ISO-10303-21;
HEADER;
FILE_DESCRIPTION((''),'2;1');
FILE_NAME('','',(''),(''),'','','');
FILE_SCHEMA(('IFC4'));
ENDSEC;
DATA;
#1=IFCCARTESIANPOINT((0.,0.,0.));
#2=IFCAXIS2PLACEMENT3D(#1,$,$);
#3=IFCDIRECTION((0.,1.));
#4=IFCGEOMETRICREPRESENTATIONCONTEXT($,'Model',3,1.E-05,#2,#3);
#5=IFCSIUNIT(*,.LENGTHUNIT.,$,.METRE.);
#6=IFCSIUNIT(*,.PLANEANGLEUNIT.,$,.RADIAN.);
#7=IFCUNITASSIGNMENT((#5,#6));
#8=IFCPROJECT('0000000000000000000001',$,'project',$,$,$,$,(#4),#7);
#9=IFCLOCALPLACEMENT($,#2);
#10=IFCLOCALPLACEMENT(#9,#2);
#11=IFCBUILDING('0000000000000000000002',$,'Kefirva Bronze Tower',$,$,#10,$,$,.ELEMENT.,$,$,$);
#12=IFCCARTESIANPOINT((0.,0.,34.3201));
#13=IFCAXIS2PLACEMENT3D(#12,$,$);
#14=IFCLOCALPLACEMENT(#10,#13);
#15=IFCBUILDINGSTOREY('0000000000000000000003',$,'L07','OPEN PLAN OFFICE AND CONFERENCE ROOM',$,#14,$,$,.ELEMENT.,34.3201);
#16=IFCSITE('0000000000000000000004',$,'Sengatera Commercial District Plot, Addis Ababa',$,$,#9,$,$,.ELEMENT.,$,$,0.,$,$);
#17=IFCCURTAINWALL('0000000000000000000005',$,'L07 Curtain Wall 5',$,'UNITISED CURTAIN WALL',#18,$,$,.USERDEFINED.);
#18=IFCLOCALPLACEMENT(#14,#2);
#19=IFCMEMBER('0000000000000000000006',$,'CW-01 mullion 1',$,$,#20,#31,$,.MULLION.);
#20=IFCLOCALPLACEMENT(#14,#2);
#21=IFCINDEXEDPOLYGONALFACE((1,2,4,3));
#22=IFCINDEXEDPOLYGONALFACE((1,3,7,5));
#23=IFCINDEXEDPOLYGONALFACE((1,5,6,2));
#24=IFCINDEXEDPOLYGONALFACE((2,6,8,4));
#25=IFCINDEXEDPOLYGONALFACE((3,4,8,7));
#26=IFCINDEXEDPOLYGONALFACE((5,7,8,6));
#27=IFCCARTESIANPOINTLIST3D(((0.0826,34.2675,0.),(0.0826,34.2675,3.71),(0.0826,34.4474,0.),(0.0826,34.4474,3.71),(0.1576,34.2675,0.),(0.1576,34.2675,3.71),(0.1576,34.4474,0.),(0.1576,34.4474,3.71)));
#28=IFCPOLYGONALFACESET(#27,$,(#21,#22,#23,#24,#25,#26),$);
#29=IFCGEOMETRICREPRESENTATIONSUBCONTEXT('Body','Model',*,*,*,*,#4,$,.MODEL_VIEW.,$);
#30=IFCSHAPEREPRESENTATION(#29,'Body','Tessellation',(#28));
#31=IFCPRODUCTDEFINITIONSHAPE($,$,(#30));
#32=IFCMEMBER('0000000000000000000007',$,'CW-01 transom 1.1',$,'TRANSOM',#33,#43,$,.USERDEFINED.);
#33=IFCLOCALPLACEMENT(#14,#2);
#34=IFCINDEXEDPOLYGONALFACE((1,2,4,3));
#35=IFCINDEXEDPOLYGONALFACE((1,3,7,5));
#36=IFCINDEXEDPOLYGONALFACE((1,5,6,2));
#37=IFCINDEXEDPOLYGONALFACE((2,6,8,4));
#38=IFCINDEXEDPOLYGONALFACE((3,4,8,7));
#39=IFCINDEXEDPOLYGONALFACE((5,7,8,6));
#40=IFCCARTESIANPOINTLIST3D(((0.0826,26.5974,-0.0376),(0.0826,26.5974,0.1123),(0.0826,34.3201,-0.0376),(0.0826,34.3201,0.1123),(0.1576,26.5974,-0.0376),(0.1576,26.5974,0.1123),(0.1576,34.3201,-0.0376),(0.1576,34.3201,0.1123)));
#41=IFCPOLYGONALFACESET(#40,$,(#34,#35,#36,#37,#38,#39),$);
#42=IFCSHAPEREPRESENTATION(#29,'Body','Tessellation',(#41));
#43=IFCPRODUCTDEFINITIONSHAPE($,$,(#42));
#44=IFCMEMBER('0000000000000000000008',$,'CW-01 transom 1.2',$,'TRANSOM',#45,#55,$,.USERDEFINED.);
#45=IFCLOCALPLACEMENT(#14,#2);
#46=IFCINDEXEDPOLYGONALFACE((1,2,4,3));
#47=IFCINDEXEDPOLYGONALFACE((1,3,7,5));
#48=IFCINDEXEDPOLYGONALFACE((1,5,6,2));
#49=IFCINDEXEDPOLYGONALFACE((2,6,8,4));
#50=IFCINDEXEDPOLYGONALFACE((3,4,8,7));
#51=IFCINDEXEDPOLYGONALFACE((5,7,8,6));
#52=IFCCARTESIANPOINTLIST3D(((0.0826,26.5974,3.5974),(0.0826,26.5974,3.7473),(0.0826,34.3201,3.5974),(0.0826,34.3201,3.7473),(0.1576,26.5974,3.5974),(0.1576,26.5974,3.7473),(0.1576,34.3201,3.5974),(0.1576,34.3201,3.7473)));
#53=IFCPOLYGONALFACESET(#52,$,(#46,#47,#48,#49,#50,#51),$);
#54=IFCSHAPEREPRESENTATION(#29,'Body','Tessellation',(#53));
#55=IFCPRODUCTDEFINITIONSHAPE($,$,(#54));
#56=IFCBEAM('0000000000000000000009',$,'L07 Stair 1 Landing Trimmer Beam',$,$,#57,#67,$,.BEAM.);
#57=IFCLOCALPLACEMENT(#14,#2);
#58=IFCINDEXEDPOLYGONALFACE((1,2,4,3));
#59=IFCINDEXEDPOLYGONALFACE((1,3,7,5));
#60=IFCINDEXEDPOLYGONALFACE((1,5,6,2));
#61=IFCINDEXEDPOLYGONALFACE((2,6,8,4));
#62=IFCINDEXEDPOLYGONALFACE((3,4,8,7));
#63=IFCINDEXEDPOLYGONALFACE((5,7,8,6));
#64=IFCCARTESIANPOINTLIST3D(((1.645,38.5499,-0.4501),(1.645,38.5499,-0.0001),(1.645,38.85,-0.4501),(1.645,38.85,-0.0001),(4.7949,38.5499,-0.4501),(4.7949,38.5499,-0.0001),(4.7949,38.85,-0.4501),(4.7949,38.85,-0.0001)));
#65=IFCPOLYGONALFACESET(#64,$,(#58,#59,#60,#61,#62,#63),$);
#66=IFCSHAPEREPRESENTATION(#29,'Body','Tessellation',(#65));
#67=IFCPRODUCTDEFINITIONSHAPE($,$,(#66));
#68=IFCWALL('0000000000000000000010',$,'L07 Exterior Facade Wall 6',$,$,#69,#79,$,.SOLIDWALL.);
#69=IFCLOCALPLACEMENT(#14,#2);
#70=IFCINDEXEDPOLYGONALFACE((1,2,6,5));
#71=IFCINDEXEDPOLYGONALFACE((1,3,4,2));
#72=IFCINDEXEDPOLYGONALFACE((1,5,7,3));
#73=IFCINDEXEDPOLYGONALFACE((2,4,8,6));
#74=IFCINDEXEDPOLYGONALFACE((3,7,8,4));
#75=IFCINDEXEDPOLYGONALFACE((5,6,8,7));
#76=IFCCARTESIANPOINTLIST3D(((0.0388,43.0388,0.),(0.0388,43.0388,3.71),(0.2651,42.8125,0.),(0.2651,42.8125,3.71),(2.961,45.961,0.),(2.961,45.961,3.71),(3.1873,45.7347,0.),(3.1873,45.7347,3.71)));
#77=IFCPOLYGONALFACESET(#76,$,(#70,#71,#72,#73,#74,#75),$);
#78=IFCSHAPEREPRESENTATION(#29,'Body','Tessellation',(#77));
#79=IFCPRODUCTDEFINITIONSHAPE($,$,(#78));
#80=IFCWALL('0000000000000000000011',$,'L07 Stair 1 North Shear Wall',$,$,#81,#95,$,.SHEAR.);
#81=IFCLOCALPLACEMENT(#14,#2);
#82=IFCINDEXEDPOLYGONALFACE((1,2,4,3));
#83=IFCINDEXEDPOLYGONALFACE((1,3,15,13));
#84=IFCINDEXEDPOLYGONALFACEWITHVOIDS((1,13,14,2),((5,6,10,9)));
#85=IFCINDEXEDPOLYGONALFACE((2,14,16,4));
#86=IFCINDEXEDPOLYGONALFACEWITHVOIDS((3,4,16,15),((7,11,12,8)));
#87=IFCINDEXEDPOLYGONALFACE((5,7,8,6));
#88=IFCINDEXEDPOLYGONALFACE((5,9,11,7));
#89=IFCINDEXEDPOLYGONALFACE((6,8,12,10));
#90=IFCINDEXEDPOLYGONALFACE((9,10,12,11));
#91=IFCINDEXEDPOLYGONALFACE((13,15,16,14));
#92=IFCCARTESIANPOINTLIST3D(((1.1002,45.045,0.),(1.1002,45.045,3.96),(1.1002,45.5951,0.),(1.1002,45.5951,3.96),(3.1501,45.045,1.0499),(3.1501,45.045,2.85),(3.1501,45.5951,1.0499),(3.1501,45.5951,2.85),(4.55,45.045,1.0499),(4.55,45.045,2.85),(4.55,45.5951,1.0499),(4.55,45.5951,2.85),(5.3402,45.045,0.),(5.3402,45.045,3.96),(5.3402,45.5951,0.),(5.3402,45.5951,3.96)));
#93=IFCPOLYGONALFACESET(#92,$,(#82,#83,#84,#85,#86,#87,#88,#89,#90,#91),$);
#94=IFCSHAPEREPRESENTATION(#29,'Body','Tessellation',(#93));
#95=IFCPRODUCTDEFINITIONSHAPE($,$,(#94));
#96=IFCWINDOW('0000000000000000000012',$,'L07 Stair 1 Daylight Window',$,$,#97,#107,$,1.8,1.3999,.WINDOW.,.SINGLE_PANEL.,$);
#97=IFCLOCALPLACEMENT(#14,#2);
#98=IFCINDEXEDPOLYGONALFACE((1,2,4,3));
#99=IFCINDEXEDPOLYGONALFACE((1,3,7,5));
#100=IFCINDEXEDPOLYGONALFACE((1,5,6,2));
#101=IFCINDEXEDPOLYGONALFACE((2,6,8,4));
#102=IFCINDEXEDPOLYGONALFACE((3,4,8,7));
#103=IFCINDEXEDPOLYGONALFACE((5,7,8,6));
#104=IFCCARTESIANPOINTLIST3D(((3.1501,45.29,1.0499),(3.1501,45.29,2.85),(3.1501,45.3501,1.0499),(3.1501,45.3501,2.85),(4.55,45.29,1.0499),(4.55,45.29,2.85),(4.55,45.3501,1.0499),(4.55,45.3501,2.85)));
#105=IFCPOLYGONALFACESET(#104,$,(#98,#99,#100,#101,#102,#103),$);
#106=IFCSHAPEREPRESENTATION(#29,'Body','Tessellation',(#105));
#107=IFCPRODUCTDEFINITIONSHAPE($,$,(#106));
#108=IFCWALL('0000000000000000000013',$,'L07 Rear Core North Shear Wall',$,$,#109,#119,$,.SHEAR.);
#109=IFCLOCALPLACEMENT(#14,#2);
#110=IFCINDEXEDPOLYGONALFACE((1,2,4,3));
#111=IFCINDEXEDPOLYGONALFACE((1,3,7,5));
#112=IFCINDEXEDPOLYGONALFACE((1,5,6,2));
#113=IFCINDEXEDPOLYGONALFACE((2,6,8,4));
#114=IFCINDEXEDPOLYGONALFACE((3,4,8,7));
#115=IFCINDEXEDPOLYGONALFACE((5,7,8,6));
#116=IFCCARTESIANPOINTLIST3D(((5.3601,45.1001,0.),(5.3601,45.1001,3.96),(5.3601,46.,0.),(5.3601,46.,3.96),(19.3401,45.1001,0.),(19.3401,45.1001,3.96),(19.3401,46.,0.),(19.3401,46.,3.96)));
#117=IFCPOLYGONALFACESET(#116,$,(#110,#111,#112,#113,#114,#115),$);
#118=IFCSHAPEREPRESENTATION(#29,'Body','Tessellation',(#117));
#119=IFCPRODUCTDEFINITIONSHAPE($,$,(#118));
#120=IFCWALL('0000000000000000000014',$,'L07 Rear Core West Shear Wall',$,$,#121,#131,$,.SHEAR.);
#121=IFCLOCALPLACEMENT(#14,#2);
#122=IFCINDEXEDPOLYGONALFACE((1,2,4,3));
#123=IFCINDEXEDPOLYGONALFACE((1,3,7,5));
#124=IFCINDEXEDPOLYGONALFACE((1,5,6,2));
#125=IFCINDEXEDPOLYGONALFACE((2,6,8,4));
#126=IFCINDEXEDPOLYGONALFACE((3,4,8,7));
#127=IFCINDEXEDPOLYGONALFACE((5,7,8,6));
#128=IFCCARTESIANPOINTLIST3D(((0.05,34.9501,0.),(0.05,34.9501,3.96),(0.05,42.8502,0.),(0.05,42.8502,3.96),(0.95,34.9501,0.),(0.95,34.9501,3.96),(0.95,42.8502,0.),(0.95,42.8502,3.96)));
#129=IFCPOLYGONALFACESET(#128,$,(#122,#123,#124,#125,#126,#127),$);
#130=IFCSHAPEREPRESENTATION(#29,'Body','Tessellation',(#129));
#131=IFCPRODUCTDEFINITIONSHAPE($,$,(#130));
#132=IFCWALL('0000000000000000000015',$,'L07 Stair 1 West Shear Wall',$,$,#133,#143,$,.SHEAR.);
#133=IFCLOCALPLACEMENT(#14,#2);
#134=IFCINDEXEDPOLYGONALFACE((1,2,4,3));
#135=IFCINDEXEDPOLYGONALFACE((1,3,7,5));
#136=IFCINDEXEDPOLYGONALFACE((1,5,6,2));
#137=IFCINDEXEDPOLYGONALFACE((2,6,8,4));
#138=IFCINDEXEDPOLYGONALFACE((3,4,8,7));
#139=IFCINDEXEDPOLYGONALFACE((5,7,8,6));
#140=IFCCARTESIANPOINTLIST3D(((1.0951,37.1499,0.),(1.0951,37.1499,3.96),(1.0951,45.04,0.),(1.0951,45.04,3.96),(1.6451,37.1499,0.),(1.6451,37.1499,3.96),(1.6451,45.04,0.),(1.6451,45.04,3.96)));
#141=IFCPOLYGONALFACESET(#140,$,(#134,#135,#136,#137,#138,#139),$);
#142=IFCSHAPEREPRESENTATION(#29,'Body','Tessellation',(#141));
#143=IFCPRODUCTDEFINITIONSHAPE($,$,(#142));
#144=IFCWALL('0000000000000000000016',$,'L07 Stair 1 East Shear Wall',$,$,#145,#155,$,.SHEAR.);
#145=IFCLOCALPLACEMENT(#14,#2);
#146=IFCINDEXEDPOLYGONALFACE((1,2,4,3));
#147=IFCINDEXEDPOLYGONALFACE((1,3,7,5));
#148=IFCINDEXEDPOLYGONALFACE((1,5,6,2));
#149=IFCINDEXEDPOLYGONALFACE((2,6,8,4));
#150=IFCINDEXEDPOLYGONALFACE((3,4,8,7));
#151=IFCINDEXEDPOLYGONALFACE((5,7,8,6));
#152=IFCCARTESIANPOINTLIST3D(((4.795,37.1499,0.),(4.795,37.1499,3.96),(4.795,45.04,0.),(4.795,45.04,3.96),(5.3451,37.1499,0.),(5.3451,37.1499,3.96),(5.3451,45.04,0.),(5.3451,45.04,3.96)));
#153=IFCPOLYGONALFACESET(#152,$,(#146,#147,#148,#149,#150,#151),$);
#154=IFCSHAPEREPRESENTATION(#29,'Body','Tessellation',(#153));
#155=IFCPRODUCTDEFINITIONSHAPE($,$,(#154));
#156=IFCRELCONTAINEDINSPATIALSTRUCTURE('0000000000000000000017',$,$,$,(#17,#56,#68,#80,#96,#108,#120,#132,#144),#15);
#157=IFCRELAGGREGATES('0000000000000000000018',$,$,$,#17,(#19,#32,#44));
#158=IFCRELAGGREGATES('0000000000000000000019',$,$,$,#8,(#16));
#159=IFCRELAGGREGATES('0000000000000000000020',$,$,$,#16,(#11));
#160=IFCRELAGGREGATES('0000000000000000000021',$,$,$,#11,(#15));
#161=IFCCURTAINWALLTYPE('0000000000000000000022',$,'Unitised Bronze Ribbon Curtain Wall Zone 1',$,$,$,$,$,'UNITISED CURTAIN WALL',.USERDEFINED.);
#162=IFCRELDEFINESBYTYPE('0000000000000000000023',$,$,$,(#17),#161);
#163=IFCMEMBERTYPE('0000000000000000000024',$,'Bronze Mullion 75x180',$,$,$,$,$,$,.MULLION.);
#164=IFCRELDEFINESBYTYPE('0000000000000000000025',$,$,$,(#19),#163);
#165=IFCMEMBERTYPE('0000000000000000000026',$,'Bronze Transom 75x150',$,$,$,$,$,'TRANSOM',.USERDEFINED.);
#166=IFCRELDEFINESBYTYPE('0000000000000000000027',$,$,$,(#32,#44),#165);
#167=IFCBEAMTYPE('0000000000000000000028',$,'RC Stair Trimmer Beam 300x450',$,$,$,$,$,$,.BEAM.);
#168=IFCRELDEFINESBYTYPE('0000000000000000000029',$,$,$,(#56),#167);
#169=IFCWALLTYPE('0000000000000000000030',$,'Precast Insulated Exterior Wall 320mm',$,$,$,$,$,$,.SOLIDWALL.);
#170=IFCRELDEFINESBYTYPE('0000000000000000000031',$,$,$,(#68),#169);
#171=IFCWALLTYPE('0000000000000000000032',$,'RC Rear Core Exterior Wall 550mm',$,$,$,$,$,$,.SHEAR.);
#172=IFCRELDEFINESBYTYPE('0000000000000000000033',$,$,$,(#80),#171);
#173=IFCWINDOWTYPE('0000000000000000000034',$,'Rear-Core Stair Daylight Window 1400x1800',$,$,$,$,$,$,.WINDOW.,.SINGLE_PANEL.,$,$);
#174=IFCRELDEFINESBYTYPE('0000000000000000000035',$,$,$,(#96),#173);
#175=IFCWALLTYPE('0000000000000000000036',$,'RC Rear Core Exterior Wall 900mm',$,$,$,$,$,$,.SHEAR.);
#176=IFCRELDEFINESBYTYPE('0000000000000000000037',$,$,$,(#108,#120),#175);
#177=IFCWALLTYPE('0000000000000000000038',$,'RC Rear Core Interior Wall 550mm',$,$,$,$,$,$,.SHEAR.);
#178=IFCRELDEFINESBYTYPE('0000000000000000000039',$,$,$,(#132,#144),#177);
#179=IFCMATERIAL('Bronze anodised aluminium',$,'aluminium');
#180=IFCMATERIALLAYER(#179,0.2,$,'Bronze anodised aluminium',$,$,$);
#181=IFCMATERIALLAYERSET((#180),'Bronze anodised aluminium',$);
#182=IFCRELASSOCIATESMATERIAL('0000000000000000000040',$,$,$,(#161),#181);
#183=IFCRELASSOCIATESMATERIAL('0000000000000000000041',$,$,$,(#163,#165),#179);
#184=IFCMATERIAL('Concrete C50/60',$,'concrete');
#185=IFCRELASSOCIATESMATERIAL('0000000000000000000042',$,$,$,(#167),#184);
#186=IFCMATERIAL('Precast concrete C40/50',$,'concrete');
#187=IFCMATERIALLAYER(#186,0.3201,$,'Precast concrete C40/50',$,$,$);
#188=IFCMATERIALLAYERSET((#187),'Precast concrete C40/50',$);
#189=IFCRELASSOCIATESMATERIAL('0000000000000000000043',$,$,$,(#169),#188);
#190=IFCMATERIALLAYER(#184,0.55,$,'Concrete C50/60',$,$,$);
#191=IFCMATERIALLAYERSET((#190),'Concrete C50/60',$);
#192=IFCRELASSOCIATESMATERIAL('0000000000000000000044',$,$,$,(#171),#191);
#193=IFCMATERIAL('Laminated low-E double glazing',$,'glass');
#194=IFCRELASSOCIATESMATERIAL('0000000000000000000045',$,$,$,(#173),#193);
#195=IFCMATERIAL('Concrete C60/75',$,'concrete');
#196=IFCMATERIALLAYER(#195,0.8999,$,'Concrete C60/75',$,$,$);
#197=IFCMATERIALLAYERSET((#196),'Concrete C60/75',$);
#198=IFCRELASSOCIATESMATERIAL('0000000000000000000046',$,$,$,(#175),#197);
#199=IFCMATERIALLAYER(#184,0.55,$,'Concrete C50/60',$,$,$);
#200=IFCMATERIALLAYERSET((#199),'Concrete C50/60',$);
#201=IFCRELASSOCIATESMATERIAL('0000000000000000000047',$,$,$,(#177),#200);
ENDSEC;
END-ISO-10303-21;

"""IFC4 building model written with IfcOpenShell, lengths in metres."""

from ifc_helpers import new_model, si_unit, direction, frame, frame_2d, origin, origin_2d, place, context, subcontext, project, spatial, rectangle, extrude, material, layer, layer_set, material_profile, profile_set, type_object, element, fill, aggregate, save


model = new_model("IFC4")

# Units and contexts
model_context = context("Model", 3, precision=1e-05, world=origin(), true_north=direction((0.0, 1.0)))
body_context = subcontext(model_context, "Body", "Model", "MODEL_VIEW")
ifc_project = project(units=[si_unit("LENGTHUNIT", "METRE"), si_unit("PLANEANGLEUNIT", "RADIAN")], contexts=[model_context])

# Site, building, storey
site_placement = place(None, origin())
site = spatial("IfcSite", under=ifc_project, at=site_placement, Name="Sengatera Commercial District Plot, Addis Ababa", CompositionType="ELEMENT", RefElevation=0.0)
building_placement = place(site_placement, origin())
building = spatial("IfcBuilding", under=site, at=building_placement, Name="Kefirva Bronze Tower", CompositionType="ELEMENT")
storey_placement = place(building_placement, frame((0.0, 0.0, 34.3201)))
storey = spatial("IfcBuildingStorey", under=building, at=storey_placement, Name="L07", Description="OPEN PLAN OFFICE AND CONFERENCE ROOM", CompositionType="ELEMENT", Elevation=34.3201)

# Curtain wall, members
ifc_material_1 = material(Name="Bronze anodised aluminium", Category="aluminium")
ifc_layer_1 = layer(ifc_material_1, 0.2, Name="Bronze anodised aluminium")
ifc_layer_set_1 = layer_set([ifc_layer_1], Name="Bronze anodised aluminium")
curtain_wall_type = type_object("IfcCurtainWallType", Name="Unitised Bronze Ribbon Curtain Wall Zone 1", ElementType="UNITISED CURTAIN WALL", PredefinedType="USERDEFINED", material=ifc_layer_set_1)
curtain_wall_placement = place(storey_placement, origin())
curtain_wall = element("IfcCurtainWall", 1, at=curtain_wall_placement, inside=storey, type_object=curtain_wall_type, Name="L07 Curtain Wall 5", ObjectType="UNITISED CURTAIN WALL", PredefinedType="USERDEFINED")
ifc_material_profile_1 = material_profile(ifc_material_1, rectangle(XDim=0.075, YDim=0.1799, at=origin_2d()), Name="ALU 75x180")
ifc_profile_set_1 = profile_set([ifc_material_profile_1], Name="Bronze anodised aluminium")
member_type_1 = type_object("IfcMemberType", Name="Bronze Mullion 75x180", PredefinedType="MULLION", material=ifc_profile_set_1)
member_1_placement = place(storey_placement, frame((0.1201, 34.3574, 0.0), z_axis=(0.0, 0.0, 1.0), x_axis=(1.0, 0.0, 0.0)))
member_1 = element("IfcMember", 2, at=member_1_placement, type_object=member_type_1, Name="CW-01 mullion 1", PredefinedType="MULLION", context=body_context, shape_type="SweptSolid", body=[
    extrude(rectangle(XDim=0.075, YDim=0.1799, at=origin_2d()), origin(), (0.0, 0.0, 1.0), 3.71),
])
ifc_material_profile_2 = material_profile(ifc_material_1, rectangle(XDim=0.075, YDim=0.1499, at=origin_2d()), Name="ALU 75x150")
ifc_profile_set_2 = profile_set([ifc_material_profile_2], Name="Bronze anodised aluminium")
member_type_2 = type_object("IfcMemberType", Name="Bronze Transom 75x150", ElementType="TRANSOM", PredefinedType="USERDEFINED", material=ifc_profile_set_2)
member_2_placement = place(storey_placement, frame((0.1201, 34.3201, 0.0374), z_axis=(0.0, -1.0, 0.0), x_axis=(1.0, 0.0, 0.0)))
member_2 = element("IfcMember", 3, at=member_2_placement, type_object=member_type_2, Name="CW-01 transom 1.1", ObjectType="TRANSOM", PredefinedType="USERDEFINED", context=body_context, shape_type="SweptSolid", body=[
    extrude(rectangle(XDim=0.075, YDim=0.1499, at=origin_2d()), origin(), (0.0, 0.0, 1.0), 7.7227),
])
member_3_placement = place(storey_placement, frame((0.1201, 34.3201, 3.6724), z_axis=(0.0, -1.0, 0.0), x_axis=(1.0, 0.0, 0.0)))
member_3 = element("IfcMember", 4, at=member_3_placement, type_object=member_type_2, Name="CW-01 transom 1.2", ObjectType="TRANSOM", PredefinedType="USERDEFINED", context=body_context, shape_type="SweptSolid", body=[
    extrude(rectangle(XDim=0.075, YDim=0.1499, at=origin_2d()), origin(), (0.0, 0.0, 1.0), 7.7227),
])
aggregate(curtain_wall, [member_1, member_2, member_3])

# Beam
ifc_material_2 = material(Name="Concrete C50/60", Category="concrete")
ifc_material_profile_3 = material_profile(ifc_material_2, rectangle(XDim=0.3, YDim=0.45, at=origin_2d()), Name="RC 300x450")
ifc_profile_set_3 = profile_set([ifc_material_profile_3], Name="Concrete C50/60")
beam_type = type_object("IfcBeamType", Name="RC Stair Trimmer Beam 300x450", PredefinedType="BEAM", material=ifc_profile_set_3)
beam_placement = place(storey_placement, frame((1.645, 38.7, -0.2251), z_axis=(1.0, 0.0, 0.0), x_axis=(0.0, 1.0, 0.0)))
element("IfcBeam", 5, at=beam_placement, inside=storey, type_object=beam_type, Name="L07 Stair 1 Landing Trimmer Beam", PredefinedType="BEAM", context=body_context, shape_type="SweptSolid", body=[
    extrude(rectangle(XDim=0.3, YDim=0.45, at=origin_2d()), origin(), (0.0, 0.0, 1.0), 3.1499),
])

# Wall
ifc_material_3 = material(Name="Precast concrete C40/50", Category="concrete")
ifc_layer_2 = layer(ifc_material_3, 0.3201, Name="Precast concrete C40/50")
ifc_layer_set_2 = layer_set([ifc_layer_2], Name="Precast concrete C40/50")
wall_type_1 = type_object("IfcWallType", Name="Precast Insulated Exterior Wall 320mm", PredefinedType="SOLIDWALL", material=ifc_layer_set_2)
wall_1_placement = place(storey_placement, frame((3.0742, 45.8479, 0.0), z_axis=(0.0, 0.0, 1.0), x_axis=(-0.707107, -0.707107, 0.0)))
element("IfcWall", 6, at=wall_1_placement, inside=storey, type_object=wall_type_1, Name="L07 Exterior Facade Wall 6", PredefinedType="SOLIDWALL", context=body_context, shape_type="SweptSolid", body=[
    extrude(rectangle(XDim=4.1326, YDim=0.3201, at=frame_2d((2.0664, 0.0))), origin(), (0.0, 0.0, 1.0), 3.71),
])

# Wall, opening, window
ifc_layer_3 = layer(ifc_material_2, 0.55, Name="Concrete C50/60")
ifc_layer_set_3 = layer_set([ifc_layer_3], Name="Concrete C50/60")
wall_type_2 = type_object("IfcWallType", Name="RC Rear Core Exterior Wall 550mm", PredefinedType="SHEAR", material=ifc_layer_set_3)
wall_2_placement = place(storey_placement, frame((1.1001, 45.3201, 0.0), z_axis=(0.0, 0.0, 1.0), x_axis=(1.0, 0.0, 0.0)))
wall_2 = element("IfcWall", 7, at=wall_2_placement, inside=storey, type_object=wall_type_2, Name="L07 Stair 1 North Shear Wall", PredefinedType="SHEAR", context=body_context, shape_type="SweptSolid", body=[
    extrude(rectangle(XDim=4.24, YDim=0.55, at=frame_2d((2.1201, 0.0))), origin(), (0.0, 0.0, 1.0), 3.96),
])
opening_1_placement = place(wall_2_placement, frame((2.05, 0.0, 1.05)))
opening_1 = element("IfcOpeningElement", 8, at=opening_1_placement, cuts=wall_2, PredefinedType="OPENING", context=body_context, shape_type="SweptSolid", body=[
    extrude(rectangle(XDim=1.3999, YDim=1.8, at=frame_2d((0.7, 0.8999))), frame((0.0, 0.2852, 0.0), z_axis=(0.0, -1.0, 0.0), x_axis=(1.0, 0.0, 0.0)), (0.0, 0.0, 1.0), 0.5701),
])
ifc_material_4 = material(Name="Laminated low-E double glazing", Category="glass")
window_type = type_object("IfcWindowType", Name="Rear-Core Stair Daylight Window 1400x1800", PartitioningType="SINGLE_PANEL", PredefinedType="WINDOW", material=ifc_material_4)
window_placement = place(opening_1_placement, origin())
window = element("IfcWindow", 9, at=window_placement, inside=storey, type_object=window_type, Name="L07 Stair 1 Daylight Window", OverallHeight=1.8, OverallWidth=1.3999, PartitioningType="SINGLE_PANEL", PredefinedType="WINDOW", context=body_context, shape_type="SweptSolid", body=[
    extrude(rectangle(XDim=1.3999, YDim=1.8, at=frame_2d((0.7, 0.8999))), frame((0.0, 0.03, 0.0), z_axis=(0.0, -1.0, 0.0), x_axis=(1.0, 0.0, 0.0)), (0.0, 0.0, 1.0), 0.0601),
])
fill(opening_1, window)

# Walls
ifc_material_5 = material(Name="Concrete C60/75", Category="concrete")
ifc_layer_4 = layer(ifc_material_5, 0.8999, Name="Concrete C60/75")
ifc_layer_set_4 = layer_set([ifc_layer_4], Name="Concrete C60/75")
wall_type_3 = type_object("IfcWallType", Name="RC Rear Core Exterior Wall 900mm", PredefinedType="SHEAR", material=ifc_layer_set_4)
wall_3_placement = place(storey_placement, frame((5.3601, 45.55, 0.0), z_axis=(0.0, 0.0, 1.0), x_axis=(1.0, 0.0, 0.0)))
element("IfcWall", 10, at=wall_3_placement, inside=storey, type_object=wall_type_3, Name="L07 Rear Core North Shear Wall", PredefinedType="SHEAR", context=body_context, shape_type="SweptSolid", body=[
    extrude(rectangle(XDim=13.98, YDim=0.8999, at=frame_2d((6.99, 0.0))), origin(), (0.0, 0.0, 1.0), 3.96),
])
wall_4_placement = place(storey_placement, frame((0.5, 34.95, 0.0), z_axis=(0.0, 0.0, 1.0), x_axis=(0.0, 1.0, 0.0)))
element("IfcWall", 11, at=wall_4_placement, inside=storey, type_object=wall_type_3, Name="L07 Rear Core West Shear Wall", PredefinedType="SHEAR", context=body_context, shape_type="SweptSolid", body=[
    extrude(rectangle(XDim=7.9001, YDim=0.8999, at=frame_2d((3.9502, 0.0))), origin(), (0.0, 0.0, 1.0), 3.96),
])
ifc_layer_5 = layer(ifc_material_2, 0.55, Name="Concrete C50/60")
ifc_layer_set_5 = layer_set([ifc_layer_5], Name="Concrete C50/60")
wall_type_4 = type_object("IfcWallType", Name="RC Rear Core Interior Wall 550mm", PredefinedType="SHEAR", material=ifc_layer_set_5)
for number, where, z_axis, x_axis, name in (
    (12, (1.3701, 37.1499, 0.0), (0.0, 0.0, 1.0), (0.0, 1.0, 0.0), "L07 Stair 1 West Shear Wall"),
    (13, (5.0701, 37.1499, 0.0), (0.0, 0.0, 1.0), (0.0, 1.0, 0.0), "L07 Stair 1 East Shear Wall"),
):
    element("IfcWall", number, at=place(storey_placement, frame(where, z_axis=z_axis, x_axis=x_axis)), inside=storey, type_object=wall_type_4, Name=name, PredefinedType="SHEAR", context=body_context, shape_type="SweptSolid", body=[
        extrude(rectangle(XDim=7.8901, YDim=0.55, at=frame_2d((3.9451, 0.0))), origin(), (0.0, 0.0, 1.0), 3.96),
    ])

save(model, "model.ifc")
